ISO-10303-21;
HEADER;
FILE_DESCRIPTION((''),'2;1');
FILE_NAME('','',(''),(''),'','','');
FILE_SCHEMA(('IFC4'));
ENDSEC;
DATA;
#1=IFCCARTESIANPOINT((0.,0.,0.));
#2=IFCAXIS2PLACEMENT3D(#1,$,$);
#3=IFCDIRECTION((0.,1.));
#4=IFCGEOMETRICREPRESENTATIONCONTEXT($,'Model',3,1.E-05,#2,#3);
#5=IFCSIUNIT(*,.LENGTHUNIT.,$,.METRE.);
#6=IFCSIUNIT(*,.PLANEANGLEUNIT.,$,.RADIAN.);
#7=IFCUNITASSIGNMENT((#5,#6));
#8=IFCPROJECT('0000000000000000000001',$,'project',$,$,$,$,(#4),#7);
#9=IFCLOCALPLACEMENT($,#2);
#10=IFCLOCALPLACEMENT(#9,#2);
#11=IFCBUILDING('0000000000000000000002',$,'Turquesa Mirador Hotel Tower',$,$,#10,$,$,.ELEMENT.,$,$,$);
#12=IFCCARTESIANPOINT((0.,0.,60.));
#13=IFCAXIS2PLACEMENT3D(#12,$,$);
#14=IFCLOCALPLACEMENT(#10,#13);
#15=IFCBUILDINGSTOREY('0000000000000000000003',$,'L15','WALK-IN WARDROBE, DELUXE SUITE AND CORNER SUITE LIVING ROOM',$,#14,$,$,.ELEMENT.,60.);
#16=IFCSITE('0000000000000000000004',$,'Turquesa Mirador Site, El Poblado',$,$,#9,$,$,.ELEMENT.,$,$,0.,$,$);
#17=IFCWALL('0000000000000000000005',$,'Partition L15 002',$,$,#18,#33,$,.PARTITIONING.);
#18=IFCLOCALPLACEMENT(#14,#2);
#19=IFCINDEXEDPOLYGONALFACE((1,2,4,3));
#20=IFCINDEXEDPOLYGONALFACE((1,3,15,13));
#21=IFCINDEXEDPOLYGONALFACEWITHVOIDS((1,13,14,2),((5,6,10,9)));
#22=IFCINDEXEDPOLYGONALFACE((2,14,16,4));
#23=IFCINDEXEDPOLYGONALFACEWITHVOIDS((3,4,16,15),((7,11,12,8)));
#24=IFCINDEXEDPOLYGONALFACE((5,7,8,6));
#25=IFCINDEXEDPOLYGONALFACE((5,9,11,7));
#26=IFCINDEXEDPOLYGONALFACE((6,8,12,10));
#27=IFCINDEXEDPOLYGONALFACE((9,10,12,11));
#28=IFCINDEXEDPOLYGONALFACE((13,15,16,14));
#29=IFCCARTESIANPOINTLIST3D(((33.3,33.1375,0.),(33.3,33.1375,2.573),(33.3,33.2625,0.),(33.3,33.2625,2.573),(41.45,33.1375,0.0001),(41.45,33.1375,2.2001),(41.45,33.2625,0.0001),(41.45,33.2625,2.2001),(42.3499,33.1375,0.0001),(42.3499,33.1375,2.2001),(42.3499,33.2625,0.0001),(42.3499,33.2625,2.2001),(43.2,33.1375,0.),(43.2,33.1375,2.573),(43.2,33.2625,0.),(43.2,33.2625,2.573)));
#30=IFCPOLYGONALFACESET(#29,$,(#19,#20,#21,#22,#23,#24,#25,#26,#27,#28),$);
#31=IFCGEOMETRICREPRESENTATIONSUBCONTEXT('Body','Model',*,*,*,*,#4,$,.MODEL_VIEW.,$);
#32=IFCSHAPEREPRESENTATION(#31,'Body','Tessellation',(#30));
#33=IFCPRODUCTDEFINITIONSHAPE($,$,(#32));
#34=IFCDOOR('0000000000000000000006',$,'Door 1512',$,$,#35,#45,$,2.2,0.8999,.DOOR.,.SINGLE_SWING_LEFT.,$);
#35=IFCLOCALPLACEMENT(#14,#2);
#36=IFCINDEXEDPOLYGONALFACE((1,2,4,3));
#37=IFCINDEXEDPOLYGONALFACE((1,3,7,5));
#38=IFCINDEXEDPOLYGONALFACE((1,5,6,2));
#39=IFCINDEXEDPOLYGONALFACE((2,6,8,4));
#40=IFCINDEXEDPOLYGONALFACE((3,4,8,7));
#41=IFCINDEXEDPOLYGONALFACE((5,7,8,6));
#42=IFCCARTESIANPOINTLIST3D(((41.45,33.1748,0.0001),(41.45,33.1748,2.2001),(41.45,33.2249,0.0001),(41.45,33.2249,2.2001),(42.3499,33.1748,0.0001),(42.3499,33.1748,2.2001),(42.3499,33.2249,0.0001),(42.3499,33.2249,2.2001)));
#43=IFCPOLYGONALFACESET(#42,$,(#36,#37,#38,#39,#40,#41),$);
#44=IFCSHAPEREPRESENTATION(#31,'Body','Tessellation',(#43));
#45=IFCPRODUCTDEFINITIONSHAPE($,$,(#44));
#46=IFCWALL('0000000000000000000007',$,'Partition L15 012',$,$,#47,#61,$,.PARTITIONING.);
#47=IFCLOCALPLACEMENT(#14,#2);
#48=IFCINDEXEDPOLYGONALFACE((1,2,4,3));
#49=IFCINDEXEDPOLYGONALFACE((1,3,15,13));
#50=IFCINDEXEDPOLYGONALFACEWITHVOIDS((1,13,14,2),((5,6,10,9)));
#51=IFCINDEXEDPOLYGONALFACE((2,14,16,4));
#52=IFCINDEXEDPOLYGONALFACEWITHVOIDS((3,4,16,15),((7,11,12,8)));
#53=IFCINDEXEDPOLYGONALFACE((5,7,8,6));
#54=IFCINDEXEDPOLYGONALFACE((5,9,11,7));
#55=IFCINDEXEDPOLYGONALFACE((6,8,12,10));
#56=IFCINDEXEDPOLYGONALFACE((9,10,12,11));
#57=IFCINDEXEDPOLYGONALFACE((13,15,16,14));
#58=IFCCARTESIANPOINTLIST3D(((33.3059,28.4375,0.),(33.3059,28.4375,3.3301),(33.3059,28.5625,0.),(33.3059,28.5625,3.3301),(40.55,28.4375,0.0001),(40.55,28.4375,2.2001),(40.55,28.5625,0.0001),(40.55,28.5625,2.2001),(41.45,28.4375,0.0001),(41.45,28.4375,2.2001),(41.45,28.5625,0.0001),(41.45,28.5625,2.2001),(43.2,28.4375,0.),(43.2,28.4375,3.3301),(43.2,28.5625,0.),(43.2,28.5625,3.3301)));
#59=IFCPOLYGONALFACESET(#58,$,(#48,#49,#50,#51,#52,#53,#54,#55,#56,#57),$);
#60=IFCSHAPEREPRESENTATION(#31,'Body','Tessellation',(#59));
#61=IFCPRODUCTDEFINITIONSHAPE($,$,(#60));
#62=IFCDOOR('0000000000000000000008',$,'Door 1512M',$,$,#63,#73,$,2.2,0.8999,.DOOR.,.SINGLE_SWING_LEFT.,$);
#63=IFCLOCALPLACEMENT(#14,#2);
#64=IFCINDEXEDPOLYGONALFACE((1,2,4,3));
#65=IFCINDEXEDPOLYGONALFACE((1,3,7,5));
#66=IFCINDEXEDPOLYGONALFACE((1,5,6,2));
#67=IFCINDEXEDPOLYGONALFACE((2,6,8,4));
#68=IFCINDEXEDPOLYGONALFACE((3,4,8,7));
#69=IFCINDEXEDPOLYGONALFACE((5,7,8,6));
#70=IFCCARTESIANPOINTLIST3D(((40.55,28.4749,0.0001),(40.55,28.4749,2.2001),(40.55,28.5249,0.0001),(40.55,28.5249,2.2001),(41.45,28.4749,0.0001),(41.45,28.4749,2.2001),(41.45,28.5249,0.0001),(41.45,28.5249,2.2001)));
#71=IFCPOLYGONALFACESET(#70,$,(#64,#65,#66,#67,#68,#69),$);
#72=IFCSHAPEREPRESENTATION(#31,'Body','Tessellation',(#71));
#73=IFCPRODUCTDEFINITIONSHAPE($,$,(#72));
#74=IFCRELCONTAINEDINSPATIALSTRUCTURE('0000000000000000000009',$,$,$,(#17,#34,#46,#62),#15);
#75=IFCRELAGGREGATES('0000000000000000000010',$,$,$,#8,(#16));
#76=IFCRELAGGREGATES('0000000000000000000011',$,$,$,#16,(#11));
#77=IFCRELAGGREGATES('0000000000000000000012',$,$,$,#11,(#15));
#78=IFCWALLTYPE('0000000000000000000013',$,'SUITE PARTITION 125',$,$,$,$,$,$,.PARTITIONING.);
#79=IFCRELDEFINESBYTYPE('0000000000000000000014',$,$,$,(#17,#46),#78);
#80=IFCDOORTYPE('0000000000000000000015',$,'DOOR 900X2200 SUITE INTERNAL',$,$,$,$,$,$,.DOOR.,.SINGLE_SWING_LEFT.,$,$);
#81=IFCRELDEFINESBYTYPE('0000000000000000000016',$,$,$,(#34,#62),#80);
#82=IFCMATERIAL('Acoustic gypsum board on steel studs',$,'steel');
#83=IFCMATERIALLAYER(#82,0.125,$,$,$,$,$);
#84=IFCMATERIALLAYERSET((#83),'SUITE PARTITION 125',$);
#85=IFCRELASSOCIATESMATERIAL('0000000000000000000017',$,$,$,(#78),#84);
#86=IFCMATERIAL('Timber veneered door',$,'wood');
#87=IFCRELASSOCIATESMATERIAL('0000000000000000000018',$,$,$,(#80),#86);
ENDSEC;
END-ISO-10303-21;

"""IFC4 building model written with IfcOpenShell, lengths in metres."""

from ifc_helpers import new_model, si_unit, direction, frame, frame_2d, origin, place, context, subcontext, project, spatial, rectangle, extrude, material, layer, layer_set, type_object, element, fill, save


model = new_model("IFC4")

# Units and contexts
model_context = context("Model", 3, precision=1e-05, world=origin(), true_north=direction((0.0, 1.0)))
body_context = subcontext(model_context, "Body", "Model", "MODEL_VIEW")
ifc_project = project(units=[si_unit("LENGTHUNIT", "METRE"), si_unit("PLANEANGLEUNIT", "RADIAN")], contexts=[model_context])

# Site, building, storey
site_placement = place(None, origin())
site = spatial("IfcSite", under=ifc_project, at=site_placement, Name="Turquesa Mirador Site, El Poblado", CompositionType="ELEMENT", RefElevation=0.0)
building_placement = place(site_placement, origin())
building = spatial("IfcBuilding", under=site, at=building_placement, Name="Turquesa Mirador Hotel Tower", CompositionType="ELEMENT")
storey_placement = place(building_placement, frame((0.0, 0.0, 60.0)))
storey = spatial("IfcBuildingStorey", under=building, at=storey_placement, Name="L15", Description="WALK-IN WARDROBE, DELUXE SUITE AND CORNER SUITE LIVING ROOM", CompositionType="ELEMENT", Elevation=60.0)

# Walls, openings, doors
ifc_material_1 = material(Name="Acoustic gypsum board on steel studs", Category="steel")
ifc_layer_1 = layer(ifc_material_1, 0.125)
ifc_layer_set_1 = layer_set([ifc_layer_1], Name="SUITE PARTITION 125")
wall_type_1 = type_object("IfcWallType", Name="SUITE PARTITION 125", PredefinedType="PARTITIONING", material=ifc_layer_set_1)
wall_1_placement = place(storey_placement, frame((33.3, 33.2, 0.0), z_axis=(0.0, 0.0, 1.0), x_axis=(1.0, 0.0, 0.0)))
wall_1 = element("IfcWall", 1, at=wall_1_placement, inside=storey, type_object=wall_type_1, Name="Partition L15 002", PredefinedType="PARTITIONING", context=body_context, shape_type="SweptSolid", body=[
    extrude(rectangle(XDim=9.8999, YDim=0.125, at=frame_2d((4.95, 0.0))), origin(), (0.0, 0.0, 1.0), 2.573),
])
opening_1_placement = place(wall_1_placement, frame((8.1499, 0.0, 0.0)))
opening_1 = element("IfcOpeningElement", 2, at=opening_1_placement, cuts=wall_1, PredefinedType="OPENING", context=body_context, shape_type="SweptSolid", body=[
    extrude(rectangle(XDim=0.8999, YDim=2.2, at=frame_2d((0.45, 1.1001))), frame((0.0, 0.0725, 0.0), z_axis=(0.0, -1.0, 0.0), x_axis=(1.0, 0.0, 0.0)), (0.0, 0.0, 1.0), 0.145),
])
ifc_material_2 = material(Name="Timber veneered door", Category="wood")
door_type = type_object("IfcDoorType", Name="DOOR 900X2200 SUITE INTERNAL", OperationType="SINGLE_SWING_LEFT", PredefinedType="DOOR", material=ifc_material_2)
door_1_placement = place(opening_1_placement, origin())
door_1 = element("IfcDoor", 3, at=door_1_placement, inside=storey, type_object=door_type, Name="Door 1512", OperationType="SINGLE_SWING_LEFT", OverallHeight=2.2, OverallWidth=0.8999, PredefinedType="DOOR", context=body_context, shape_type="SweptSolid", body=[
    extrude(rectangle(XDim=0.8999, YDim=2.2, at=frame_2d((0.45, 1.1001))), frame((0.0, 0.0249, 0.0), z_axis=(0.0, -1.0, 0.0), x_axis=(1.0, 0.0, 0.0)), (0.0, 0.0, 1.0), 0.05),
])
fill(opening_1, door_1)
wall_2_placement = place(storey_placement, frame((33.3059, 28.5, 0.0), z_axis=(0.0, 0.0, 1.0), x_axis=(1.0, 0.0, 0.0)))
wall_2 = element("IfcWall", 4, at=wall_2_placement, inside=storey, type_object=wall_type_1, Name="Partition L15 012", PredefinedType="PARTITIONING", context=body_context, shape_type="SweptSolid", body=[
    extrude(rectangle(XDim=9.894, YDim=0.125, at=frame_2d((4.947, 0.0))), origin(), (0.0, 0.0, 1.0), 3.3301),
])
opening_2_placement = place(wall_2_placement, frame((7.2441, 0.0, 0.0)))
opening_2 = element("IfcOpeningElement", 5, at=opening_2_placement, cuts=wall_2, PredefinedType="OPENING", context=body_context, shape_type="SweptSolid", body=[
    extrude(rectangle(XDim=0.8999, YDim=2.2, at=frame_2d((0.45, 1.1001))), frame((0.0, 0.0725, 0.0), z_axis=(0.0, -1.0, 0.0), x_axis=(1.0, 0.0, 0.0)), (0.0, 0.0, 1.0), 0.145),
])
door_2_placement = place(opening_2_placement, origin())
door_2 = element("IfcDoor", 6, at=door_2_placement, inside=storey, type_object=door_type, Name="Door 1512M", OperationType="SINGLE_SWING_LEFT", OverallHeight=2.2, OverallWidth=0.8999, PredefinedType="DOOR", context=body_context, shape_type="SweptSolid", body=[
    extrude(rectangle(XDim=0.8999, YDim=2.2, at=frame_2d((0.45, 1.1001))), frame((0.0, 0.0249, 0.0), z_axis=(0.0, -1.0, 0.0), x_axis=(1.0, 0.0, 0.0)), (0.0, 0.0, 1.0), 0.05),
])
fill(opening_2, door_2)

save(model, "model.ifc")
